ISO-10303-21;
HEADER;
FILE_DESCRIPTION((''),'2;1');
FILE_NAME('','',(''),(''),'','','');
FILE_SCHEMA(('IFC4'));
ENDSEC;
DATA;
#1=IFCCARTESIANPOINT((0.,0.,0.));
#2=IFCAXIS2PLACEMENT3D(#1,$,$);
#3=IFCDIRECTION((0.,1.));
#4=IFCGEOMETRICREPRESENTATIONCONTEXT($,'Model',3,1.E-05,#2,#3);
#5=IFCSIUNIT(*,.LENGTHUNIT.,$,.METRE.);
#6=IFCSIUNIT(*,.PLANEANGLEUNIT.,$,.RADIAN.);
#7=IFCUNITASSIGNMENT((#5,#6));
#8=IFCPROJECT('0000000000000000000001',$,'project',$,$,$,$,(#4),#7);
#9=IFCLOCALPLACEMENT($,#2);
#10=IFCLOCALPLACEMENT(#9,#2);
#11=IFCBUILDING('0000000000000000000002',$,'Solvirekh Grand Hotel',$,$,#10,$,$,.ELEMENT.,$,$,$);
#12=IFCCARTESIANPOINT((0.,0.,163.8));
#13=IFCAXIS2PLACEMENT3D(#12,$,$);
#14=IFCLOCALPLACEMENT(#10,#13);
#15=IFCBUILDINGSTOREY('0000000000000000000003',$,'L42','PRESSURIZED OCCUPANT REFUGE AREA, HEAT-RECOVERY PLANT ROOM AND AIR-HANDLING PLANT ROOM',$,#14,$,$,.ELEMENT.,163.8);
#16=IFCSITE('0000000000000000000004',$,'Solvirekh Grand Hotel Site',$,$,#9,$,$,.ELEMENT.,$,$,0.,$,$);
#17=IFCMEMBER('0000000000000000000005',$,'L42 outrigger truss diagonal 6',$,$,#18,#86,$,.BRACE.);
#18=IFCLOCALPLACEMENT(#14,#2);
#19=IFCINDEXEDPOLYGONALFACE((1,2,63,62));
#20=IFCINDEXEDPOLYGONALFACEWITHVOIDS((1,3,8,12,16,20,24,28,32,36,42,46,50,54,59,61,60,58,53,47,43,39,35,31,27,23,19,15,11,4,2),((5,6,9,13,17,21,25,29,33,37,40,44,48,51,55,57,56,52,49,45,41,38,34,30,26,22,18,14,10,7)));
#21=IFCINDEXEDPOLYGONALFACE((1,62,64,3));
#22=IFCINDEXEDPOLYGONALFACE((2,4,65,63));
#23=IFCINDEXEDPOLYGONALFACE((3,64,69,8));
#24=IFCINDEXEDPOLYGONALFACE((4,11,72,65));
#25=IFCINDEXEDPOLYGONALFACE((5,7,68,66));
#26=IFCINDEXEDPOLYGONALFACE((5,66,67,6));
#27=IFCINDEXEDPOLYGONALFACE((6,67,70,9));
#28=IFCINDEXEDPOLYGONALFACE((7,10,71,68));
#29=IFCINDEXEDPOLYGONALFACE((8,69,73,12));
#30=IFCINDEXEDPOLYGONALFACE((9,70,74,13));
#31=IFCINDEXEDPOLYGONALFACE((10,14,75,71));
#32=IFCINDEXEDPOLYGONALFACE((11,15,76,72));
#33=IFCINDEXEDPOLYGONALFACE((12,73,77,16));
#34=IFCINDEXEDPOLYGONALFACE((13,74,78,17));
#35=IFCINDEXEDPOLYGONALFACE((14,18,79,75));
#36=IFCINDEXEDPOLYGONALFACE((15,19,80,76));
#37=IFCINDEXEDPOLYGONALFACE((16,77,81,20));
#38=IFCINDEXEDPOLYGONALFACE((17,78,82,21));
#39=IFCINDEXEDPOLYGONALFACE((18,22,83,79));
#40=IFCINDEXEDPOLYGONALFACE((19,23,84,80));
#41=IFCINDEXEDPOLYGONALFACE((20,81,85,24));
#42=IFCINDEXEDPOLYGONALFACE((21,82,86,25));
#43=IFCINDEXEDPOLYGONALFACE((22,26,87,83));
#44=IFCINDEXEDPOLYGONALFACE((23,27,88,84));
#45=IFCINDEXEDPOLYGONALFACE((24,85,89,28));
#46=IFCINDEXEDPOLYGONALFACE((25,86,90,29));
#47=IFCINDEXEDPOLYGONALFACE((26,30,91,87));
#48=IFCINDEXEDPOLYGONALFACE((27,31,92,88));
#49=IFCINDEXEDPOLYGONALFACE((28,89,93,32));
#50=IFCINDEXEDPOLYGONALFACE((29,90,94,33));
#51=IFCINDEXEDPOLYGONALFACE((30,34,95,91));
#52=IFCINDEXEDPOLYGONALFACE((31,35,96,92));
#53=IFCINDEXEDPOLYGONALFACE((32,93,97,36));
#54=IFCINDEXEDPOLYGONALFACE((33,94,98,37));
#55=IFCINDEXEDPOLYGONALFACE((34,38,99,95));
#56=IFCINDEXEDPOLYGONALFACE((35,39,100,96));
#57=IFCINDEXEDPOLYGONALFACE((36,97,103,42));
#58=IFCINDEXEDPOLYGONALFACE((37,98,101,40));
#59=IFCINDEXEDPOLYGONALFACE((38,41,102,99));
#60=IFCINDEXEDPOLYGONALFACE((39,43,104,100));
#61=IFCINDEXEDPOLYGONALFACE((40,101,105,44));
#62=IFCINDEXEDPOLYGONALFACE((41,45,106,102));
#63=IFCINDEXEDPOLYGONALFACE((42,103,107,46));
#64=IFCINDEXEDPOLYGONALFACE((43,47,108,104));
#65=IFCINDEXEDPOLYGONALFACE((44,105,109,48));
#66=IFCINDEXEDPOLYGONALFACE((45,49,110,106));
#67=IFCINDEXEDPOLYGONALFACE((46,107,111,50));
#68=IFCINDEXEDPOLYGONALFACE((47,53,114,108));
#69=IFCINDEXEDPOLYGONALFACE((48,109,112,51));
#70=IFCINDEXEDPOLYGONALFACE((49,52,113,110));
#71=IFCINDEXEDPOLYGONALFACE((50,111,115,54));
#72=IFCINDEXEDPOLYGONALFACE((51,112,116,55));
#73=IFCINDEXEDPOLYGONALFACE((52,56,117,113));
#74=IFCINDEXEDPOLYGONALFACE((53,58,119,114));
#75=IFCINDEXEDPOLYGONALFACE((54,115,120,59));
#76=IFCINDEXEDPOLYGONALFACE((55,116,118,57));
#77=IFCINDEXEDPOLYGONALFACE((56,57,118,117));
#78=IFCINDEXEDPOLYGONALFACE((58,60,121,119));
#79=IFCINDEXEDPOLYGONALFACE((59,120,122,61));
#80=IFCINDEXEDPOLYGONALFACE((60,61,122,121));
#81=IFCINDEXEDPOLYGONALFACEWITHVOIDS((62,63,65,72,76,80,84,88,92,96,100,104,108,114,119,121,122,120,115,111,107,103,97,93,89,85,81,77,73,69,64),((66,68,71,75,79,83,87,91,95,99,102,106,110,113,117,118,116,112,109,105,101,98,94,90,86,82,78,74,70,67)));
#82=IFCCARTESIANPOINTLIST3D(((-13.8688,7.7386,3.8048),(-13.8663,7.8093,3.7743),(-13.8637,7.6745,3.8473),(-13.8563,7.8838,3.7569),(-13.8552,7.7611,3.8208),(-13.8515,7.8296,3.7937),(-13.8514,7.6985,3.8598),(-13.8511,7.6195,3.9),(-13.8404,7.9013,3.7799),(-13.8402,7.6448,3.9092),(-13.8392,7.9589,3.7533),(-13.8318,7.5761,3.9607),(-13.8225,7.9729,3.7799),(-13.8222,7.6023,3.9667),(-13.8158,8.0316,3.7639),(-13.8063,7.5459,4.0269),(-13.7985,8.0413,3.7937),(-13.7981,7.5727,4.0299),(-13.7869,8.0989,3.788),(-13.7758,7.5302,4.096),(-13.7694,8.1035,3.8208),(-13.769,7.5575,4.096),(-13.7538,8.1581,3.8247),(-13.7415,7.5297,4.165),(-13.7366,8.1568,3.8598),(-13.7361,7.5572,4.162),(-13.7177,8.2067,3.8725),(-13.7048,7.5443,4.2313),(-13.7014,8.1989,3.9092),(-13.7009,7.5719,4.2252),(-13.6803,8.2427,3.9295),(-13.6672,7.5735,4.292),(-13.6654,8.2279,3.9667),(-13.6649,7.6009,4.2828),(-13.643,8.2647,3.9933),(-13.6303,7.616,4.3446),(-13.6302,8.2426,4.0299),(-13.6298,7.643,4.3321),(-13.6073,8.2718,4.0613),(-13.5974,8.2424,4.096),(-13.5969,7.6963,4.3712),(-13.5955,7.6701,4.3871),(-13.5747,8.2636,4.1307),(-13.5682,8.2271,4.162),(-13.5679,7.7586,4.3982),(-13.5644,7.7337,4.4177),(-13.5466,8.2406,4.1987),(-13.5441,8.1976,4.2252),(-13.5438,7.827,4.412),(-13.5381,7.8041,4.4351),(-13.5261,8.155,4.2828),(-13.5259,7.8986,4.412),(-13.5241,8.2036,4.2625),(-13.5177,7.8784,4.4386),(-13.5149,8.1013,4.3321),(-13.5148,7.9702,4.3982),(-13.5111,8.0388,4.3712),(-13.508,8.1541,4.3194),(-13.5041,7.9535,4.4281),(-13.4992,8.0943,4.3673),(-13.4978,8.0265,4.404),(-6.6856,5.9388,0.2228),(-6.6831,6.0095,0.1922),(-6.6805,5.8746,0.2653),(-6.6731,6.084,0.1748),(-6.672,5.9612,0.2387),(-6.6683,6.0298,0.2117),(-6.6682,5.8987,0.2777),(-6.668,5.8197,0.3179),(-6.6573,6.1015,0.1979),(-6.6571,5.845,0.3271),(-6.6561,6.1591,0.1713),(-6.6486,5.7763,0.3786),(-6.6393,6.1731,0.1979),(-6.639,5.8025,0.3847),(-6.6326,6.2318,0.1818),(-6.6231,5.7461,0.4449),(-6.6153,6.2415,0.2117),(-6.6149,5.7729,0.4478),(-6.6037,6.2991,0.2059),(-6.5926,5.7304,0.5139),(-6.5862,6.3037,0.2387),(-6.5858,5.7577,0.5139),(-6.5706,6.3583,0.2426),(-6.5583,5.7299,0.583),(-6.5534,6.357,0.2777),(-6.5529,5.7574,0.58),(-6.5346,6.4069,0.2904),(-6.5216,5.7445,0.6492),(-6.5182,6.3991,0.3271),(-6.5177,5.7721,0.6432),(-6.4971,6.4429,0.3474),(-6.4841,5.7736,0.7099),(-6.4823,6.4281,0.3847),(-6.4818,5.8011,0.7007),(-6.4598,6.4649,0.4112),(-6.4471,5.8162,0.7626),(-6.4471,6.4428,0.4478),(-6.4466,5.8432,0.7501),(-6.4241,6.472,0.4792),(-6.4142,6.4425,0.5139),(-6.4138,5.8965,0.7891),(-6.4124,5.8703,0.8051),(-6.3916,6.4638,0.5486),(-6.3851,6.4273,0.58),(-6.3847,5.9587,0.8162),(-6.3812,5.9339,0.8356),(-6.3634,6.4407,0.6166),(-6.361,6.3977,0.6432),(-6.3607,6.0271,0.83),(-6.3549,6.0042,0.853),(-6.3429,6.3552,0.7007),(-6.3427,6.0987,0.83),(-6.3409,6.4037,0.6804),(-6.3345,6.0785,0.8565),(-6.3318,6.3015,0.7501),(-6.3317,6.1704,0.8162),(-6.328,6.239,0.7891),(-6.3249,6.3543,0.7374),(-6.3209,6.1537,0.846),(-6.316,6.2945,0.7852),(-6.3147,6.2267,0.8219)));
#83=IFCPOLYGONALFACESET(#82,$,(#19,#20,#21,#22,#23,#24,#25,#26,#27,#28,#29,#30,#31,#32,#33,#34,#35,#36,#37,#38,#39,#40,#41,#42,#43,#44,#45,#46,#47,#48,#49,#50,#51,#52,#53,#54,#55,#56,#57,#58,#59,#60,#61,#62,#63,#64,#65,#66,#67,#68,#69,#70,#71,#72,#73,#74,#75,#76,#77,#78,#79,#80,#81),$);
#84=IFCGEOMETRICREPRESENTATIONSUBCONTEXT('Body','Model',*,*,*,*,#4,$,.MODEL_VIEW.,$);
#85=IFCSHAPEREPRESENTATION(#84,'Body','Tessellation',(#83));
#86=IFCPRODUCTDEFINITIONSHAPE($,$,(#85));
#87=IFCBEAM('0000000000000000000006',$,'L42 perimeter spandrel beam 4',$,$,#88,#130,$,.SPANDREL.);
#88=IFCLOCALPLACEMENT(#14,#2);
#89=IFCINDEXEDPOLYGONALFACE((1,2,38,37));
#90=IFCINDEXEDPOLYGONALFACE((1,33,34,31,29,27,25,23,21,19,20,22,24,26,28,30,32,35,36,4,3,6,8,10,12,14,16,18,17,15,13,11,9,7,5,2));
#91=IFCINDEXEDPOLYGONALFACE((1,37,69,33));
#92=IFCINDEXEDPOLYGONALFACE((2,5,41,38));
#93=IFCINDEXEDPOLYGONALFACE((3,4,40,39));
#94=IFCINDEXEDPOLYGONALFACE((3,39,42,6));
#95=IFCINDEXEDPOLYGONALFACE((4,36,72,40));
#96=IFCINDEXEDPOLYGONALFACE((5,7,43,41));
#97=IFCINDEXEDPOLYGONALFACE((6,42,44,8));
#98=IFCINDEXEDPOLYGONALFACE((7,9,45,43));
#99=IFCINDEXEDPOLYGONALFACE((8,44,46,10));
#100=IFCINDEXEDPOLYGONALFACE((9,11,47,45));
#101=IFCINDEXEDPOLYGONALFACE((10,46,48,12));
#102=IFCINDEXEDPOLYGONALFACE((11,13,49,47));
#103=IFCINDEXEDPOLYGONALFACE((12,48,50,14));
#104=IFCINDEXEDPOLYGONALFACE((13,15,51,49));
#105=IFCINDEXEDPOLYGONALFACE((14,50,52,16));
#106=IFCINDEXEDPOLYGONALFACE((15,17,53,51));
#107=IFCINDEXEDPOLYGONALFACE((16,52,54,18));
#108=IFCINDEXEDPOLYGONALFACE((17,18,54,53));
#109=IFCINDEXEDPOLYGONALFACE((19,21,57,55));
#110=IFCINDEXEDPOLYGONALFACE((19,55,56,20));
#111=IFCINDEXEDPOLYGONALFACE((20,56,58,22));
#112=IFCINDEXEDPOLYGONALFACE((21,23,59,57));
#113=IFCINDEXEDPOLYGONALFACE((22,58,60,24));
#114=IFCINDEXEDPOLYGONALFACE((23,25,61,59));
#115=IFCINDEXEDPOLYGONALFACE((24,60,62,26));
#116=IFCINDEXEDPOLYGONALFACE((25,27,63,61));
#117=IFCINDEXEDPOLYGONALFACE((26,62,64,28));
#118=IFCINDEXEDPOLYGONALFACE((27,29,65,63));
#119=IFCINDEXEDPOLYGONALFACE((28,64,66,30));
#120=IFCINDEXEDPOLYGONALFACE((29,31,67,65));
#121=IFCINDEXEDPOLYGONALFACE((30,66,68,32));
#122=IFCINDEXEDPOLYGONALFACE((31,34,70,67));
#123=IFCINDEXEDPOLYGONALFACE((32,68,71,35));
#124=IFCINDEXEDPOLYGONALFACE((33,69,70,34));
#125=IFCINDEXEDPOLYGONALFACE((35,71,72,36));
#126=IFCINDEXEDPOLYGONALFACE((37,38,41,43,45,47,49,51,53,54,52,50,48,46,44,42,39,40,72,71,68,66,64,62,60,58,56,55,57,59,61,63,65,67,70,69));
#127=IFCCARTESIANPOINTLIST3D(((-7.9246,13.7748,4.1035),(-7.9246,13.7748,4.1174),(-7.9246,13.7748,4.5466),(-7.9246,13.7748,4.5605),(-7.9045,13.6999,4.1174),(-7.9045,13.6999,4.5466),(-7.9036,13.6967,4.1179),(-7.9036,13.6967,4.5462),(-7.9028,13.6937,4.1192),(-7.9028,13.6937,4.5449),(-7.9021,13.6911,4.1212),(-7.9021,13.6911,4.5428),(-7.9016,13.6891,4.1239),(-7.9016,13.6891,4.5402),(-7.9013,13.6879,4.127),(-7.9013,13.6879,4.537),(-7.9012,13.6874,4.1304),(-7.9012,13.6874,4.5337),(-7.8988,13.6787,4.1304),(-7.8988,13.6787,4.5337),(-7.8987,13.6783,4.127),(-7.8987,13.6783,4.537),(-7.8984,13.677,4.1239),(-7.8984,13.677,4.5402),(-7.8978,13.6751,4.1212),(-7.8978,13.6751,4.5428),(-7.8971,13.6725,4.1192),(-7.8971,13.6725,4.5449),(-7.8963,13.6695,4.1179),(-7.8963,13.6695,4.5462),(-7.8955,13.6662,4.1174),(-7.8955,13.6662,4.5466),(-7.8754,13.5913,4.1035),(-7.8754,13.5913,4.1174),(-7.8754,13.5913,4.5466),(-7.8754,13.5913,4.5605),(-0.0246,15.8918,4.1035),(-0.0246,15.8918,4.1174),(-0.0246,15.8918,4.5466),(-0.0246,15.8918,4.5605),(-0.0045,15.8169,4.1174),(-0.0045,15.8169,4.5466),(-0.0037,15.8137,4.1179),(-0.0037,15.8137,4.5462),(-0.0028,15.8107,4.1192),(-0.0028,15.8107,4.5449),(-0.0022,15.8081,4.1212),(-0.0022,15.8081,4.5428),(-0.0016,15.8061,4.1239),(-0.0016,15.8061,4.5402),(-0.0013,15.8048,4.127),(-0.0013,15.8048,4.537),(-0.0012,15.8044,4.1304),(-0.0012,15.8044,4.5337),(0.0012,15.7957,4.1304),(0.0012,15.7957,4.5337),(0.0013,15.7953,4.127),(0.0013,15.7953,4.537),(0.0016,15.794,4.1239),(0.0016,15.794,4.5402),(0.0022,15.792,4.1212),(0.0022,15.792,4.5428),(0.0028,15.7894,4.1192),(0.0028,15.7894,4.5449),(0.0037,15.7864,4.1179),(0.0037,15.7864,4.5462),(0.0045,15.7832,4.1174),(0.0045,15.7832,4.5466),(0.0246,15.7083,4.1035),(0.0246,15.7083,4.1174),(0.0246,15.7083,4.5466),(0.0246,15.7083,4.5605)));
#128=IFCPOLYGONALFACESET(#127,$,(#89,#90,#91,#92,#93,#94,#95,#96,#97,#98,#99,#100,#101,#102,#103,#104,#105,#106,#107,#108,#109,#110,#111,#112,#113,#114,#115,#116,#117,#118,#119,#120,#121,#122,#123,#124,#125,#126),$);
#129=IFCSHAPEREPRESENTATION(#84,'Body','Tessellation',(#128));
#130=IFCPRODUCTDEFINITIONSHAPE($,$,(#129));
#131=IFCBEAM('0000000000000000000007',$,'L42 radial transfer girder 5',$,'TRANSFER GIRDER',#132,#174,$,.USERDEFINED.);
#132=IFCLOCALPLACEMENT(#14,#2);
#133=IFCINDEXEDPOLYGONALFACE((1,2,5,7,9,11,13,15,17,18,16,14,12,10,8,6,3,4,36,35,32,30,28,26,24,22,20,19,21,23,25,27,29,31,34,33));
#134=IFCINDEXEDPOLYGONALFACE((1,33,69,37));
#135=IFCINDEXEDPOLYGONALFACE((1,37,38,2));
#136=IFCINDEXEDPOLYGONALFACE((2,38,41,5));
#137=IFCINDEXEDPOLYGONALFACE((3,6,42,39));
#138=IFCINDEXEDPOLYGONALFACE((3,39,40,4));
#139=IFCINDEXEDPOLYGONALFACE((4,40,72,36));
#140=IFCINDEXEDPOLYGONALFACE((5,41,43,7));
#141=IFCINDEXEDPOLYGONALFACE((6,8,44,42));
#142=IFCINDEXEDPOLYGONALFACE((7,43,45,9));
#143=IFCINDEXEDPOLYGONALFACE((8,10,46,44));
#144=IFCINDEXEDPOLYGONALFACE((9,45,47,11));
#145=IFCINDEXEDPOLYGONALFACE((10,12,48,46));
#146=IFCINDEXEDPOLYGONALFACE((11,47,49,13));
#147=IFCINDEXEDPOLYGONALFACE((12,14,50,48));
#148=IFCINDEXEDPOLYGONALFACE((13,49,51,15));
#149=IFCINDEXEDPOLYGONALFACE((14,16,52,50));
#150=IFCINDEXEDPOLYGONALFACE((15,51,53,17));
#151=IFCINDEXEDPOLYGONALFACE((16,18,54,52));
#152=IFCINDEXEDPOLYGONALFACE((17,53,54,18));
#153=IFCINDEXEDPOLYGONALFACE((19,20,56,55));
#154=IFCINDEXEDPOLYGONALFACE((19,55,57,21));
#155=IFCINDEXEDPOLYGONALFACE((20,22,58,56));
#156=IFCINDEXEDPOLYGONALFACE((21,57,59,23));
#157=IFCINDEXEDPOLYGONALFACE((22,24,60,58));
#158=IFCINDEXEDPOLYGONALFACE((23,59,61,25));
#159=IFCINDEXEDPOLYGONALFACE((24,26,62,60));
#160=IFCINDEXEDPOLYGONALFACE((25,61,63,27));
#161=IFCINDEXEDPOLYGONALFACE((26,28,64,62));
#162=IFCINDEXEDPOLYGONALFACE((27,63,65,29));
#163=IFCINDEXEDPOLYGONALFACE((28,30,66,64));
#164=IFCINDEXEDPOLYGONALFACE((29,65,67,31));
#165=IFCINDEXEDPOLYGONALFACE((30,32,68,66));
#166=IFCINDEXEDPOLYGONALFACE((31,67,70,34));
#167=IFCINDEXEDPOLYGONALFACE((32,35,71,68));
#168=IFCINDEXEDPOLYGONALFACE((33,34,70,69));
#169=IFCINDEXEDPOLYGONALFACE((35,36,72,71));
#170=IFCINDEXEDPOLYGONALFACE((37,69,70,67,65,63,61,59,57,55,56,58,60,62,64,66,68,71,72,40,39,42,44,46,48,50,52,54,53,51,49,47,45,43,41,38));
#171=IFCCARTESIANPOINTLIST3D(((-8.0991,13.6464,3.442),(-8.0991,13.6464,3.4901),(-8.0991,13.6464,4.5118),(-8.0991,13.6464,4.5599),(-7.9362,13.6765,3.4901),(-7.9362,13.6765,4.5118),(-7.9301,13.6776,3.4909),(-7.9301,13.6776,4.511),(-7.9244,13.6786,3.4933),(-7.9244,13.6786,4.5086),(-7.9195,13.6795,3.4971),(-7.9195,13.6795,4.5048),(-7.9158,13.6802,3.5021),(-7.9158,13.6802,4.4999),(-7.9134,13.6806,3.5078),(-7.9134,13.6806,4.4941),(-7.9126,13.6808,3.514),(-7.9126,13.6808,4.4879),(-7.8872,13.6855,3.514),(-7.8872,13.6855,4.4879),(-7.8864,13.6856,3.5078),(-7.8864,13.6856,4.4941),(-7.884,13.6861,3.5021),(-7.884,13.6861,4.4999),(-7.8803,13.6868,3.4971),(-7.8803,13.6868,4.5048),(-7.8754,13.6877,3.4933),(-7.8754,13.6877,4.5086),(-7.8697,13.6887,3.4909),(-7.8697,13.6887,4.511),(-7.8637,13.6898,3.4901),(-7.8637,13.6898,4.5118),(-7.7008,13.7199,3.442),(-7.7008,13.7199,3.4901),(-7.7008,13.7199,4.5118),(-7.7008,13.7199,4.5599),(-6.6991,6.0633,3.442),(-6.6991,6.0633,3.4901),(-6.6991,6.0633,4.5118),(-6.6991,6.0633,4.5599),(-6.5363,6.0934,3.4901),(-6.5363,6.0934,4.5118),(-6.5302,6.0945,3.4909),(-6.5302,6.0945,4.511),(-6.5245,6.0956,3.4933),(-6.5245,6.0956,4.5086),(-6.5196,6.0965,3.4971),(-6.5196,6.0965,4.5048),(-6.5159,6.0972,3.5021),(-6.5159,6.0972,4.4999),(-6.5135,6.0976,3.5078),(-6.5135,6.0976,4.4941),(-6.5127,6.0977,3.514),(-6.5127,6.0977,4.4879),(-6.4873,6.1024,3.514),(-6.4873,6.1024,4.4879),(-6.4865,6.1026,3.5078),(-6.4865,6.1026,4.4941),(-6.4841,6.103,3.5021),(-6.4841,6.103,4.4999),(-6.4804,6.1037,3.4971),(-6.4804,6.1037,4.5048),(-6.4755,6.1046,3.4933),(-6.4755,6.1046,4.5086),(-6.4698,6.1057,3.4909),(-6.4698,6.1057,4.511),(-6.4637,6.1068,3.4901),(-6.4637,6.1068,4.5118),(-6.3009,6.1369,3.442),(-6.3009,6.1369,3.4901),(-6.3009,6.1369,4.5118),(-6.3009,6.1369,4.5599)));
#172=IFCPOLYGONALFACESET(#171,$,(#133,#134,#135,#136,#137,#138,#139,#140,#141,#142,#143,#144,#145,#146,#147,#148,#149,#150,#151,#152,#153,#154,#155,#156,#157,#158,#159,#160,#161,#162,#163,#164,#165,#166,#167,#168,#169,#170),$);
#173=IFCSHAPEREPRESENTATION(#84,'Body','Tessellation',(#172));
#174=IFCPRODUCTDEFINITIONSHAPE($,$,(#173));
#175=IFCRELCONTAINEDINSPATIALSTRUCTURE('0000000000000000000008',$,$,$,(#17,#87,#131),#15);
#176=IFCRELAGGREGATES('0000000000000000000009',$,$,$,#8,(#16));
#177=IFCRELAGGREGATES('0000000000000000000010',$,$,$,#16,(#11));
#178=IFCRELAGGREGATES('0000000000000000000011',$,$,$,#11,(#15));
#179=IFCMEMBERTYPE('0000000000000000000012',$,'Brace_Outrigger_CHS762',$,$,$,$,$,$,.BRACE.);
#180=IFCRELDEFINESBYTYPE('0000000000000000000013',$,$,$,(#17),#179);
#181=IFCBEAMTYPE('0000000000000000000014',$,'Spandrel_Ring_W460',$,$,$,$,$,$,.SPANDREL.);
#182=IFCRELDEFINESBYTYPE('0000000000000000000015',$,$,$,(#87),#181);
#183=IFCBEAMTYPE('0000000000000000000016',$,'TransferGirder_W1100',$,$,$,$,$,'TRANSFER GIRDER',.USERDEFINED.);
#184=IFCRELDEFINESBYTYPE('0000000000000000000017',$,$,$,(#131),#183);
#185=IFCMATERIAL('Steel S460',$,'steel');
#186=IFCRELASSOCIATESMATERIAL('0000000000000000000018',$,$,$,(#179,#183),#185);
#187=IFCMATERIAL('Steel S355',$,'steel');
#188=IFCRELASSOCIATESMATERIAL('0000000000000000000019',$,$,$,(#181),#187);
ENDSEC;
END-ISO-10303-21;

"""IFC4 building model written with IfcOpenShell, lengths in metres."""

from ifc_helpers import new_model, si_unit, direction, frame, origin, origin_2d, place, context, subcontext, project, spatial, hollow_circle, i_section, extrude, material, material_profile, profile_set, type_object, element, save


model = new_model("IFC4")

# Units and contexts
model_context = context("Model", 3, precision=1e-05, world=origin(), true_north=direction((0.0, 1.0)))
body_context = subcontext(model_context, "Body", "Model", "MODEL_VIEW")
ifc_project = project(units=[si_unit("LENGTHUNIT", "METRE"), si_unit("PLANEANGLEUNIT", "RADIAN")], contexts=[model_context])

# Site, building, storey
site_placement = place(None, origin())
site = spatial("IfcSite", under=ifc_project, at=site_placement, Name="Solvirekh Grand Hotel Site", CompositionType="ELEMENT", RefElevation=0.0)
building_placement = place(site_placement, origin())
building = spatial("IfcBuilding", under=site, at=building_placement, Name="Solvirekh Grand Hotel", CompositionType="ELEMENT")
storey_placement = place(building_placement, frame((0.0, 0.0, 163.8)))
storey = spatial("IfcBuildingStorey", under=building, at=storey_placement, Name="L42", Description="PRESSURIZED OCCUPANT REFUGE AREA, HEAT-RECOVERY PLANT ROOM AND AIR-HANDLING PLANT ROOM", CompositionType="ELEMENT", Elevation=163.8)

# Shared definitions
ifc_material_1 = material(Name="Steel S460", Category="steel")

# Member
ifc_material_profile_1 = material_profile(ifc_material_1, hollow_circle(Radius=0.3811, WallThickness=0.0281, at=origin_2d()), Name="CHS 762X28")
ifc_profile_set_1 = profile_set([ifc_material_profile_1], Name="Steel S460")
member_type_1 = type_object("IfcMemberType", Name="Brace_Outrigger_CHS762", PredefinedType="BRACE", material=ifc_profile_set_1)
member_1_placement = place(storey_placement, frame((-6.5, 6.1001, 0.5139), z_axis=(-0.873219, 0.218794, 0.435452), x_axis=(-0.243048, -0.970014, 0.0)))
element("IfcMember", 1, at=member_1_placement, inside=storey, type_object=member_type_1, Name="L42 outrigger truss diagonal 6", PredefinedType="BRACE", context=body_context, shape_type="SweptSolid", body=[
    extrude(hollow_circle(Radius=0.3811, WallThickness=0.0281, at=origin_2d()), origin(), (0.0, 0.0, 1.0), 8.2261),
])

# Beams
ifc_material_2 = material(Name="Steel S355", Category="steel")
ifc_material_profile_2 = material_profile(ifc_material_2, i_section(OverallWidth=0.1899, OverallDepth=0.457, WebThickness=0.009, FlangeThickness=0.0139, FilletRadius=0.0129, at=origin_2d()), Name="W460X74")
ifc_profile_set_2 = profile_set([ifc_material_profile_2], Name="Steel S355")
beam_type_1 = type_object("IfcBeamType", Name="Spandrel_Ring_W460", PredefinedType="SPANDREL", material=ifc_profile_set_2)
beam_1_placement = place(storey_placement, frame((0.0, 15.8, 4.332), z_axis=(-0.965921, -0.258839, 0.0), x_axis=(0.258839, -0.965921, 0.0)))
element("IfcBeam", 2, at=beam_1_placement, inside=storey, type_object=beam_type_1, Name="L42 perimeter spandrel beam 4", PredefinedType="SPANDREL", context=body_context, shape_type="SweptSolid", body=[
    extrude(i_section(OverallWidth=0.1899, OverallDepth=0.457, WebThickness=0.009, FlangeThickness=0.0139, FilletRadius=0.0129, at=origin_2d()), origin(), (0.0, 0.0, 1.0), 8.1787),
])
ifc_material_profile_3 = material_profile(ifc_material_1, i_section(OverallWidth=0.405, OverallDepth=1.1179, WebThickness=0.0259, FlangeThickness=0.0481, FilletRadius=0.0239, at=origin_2d()), Name="W1100X499")
ifc_profile_set_3 = profile_set([ifc_material_profile_3], Name="Steel S460")
beam_type_2 = type_object("IfcBeamType", Name="TransferGirder_W1100", ElementType="TRANSFER GIRDER", PredefinedType="USERDEFINED", material=ifc_profile_set_3)
beam_2_placement = place(storey_placement, frame((-6.5, 6.1001, 4.001), z_axis=(-0.181543, 0.983383, 0.0), x_axis=(-0.983383, -0.181543, 0.0)))
element("IfcBeam", 3, at=beam_2_placement, inside=storey, type_object=beam_type_2, Name="L42 radial transfer girder 5", ObjectType="TRANSFER GIRDER", PredefinedType="USERDEFINED", context=body_context, shape_type="SweptSolid", body=[
    extrude(i_section(OverallWidth=0.405, OverallDepth=1.1179, WebThickness=0.0259, FlangeThickness=0.0481, FilletRadius=0.0239, at=origin_2d()), origin(), (0.0, 0.0, 1.0), 7.7112),
])

save(model, "model.ifc")
